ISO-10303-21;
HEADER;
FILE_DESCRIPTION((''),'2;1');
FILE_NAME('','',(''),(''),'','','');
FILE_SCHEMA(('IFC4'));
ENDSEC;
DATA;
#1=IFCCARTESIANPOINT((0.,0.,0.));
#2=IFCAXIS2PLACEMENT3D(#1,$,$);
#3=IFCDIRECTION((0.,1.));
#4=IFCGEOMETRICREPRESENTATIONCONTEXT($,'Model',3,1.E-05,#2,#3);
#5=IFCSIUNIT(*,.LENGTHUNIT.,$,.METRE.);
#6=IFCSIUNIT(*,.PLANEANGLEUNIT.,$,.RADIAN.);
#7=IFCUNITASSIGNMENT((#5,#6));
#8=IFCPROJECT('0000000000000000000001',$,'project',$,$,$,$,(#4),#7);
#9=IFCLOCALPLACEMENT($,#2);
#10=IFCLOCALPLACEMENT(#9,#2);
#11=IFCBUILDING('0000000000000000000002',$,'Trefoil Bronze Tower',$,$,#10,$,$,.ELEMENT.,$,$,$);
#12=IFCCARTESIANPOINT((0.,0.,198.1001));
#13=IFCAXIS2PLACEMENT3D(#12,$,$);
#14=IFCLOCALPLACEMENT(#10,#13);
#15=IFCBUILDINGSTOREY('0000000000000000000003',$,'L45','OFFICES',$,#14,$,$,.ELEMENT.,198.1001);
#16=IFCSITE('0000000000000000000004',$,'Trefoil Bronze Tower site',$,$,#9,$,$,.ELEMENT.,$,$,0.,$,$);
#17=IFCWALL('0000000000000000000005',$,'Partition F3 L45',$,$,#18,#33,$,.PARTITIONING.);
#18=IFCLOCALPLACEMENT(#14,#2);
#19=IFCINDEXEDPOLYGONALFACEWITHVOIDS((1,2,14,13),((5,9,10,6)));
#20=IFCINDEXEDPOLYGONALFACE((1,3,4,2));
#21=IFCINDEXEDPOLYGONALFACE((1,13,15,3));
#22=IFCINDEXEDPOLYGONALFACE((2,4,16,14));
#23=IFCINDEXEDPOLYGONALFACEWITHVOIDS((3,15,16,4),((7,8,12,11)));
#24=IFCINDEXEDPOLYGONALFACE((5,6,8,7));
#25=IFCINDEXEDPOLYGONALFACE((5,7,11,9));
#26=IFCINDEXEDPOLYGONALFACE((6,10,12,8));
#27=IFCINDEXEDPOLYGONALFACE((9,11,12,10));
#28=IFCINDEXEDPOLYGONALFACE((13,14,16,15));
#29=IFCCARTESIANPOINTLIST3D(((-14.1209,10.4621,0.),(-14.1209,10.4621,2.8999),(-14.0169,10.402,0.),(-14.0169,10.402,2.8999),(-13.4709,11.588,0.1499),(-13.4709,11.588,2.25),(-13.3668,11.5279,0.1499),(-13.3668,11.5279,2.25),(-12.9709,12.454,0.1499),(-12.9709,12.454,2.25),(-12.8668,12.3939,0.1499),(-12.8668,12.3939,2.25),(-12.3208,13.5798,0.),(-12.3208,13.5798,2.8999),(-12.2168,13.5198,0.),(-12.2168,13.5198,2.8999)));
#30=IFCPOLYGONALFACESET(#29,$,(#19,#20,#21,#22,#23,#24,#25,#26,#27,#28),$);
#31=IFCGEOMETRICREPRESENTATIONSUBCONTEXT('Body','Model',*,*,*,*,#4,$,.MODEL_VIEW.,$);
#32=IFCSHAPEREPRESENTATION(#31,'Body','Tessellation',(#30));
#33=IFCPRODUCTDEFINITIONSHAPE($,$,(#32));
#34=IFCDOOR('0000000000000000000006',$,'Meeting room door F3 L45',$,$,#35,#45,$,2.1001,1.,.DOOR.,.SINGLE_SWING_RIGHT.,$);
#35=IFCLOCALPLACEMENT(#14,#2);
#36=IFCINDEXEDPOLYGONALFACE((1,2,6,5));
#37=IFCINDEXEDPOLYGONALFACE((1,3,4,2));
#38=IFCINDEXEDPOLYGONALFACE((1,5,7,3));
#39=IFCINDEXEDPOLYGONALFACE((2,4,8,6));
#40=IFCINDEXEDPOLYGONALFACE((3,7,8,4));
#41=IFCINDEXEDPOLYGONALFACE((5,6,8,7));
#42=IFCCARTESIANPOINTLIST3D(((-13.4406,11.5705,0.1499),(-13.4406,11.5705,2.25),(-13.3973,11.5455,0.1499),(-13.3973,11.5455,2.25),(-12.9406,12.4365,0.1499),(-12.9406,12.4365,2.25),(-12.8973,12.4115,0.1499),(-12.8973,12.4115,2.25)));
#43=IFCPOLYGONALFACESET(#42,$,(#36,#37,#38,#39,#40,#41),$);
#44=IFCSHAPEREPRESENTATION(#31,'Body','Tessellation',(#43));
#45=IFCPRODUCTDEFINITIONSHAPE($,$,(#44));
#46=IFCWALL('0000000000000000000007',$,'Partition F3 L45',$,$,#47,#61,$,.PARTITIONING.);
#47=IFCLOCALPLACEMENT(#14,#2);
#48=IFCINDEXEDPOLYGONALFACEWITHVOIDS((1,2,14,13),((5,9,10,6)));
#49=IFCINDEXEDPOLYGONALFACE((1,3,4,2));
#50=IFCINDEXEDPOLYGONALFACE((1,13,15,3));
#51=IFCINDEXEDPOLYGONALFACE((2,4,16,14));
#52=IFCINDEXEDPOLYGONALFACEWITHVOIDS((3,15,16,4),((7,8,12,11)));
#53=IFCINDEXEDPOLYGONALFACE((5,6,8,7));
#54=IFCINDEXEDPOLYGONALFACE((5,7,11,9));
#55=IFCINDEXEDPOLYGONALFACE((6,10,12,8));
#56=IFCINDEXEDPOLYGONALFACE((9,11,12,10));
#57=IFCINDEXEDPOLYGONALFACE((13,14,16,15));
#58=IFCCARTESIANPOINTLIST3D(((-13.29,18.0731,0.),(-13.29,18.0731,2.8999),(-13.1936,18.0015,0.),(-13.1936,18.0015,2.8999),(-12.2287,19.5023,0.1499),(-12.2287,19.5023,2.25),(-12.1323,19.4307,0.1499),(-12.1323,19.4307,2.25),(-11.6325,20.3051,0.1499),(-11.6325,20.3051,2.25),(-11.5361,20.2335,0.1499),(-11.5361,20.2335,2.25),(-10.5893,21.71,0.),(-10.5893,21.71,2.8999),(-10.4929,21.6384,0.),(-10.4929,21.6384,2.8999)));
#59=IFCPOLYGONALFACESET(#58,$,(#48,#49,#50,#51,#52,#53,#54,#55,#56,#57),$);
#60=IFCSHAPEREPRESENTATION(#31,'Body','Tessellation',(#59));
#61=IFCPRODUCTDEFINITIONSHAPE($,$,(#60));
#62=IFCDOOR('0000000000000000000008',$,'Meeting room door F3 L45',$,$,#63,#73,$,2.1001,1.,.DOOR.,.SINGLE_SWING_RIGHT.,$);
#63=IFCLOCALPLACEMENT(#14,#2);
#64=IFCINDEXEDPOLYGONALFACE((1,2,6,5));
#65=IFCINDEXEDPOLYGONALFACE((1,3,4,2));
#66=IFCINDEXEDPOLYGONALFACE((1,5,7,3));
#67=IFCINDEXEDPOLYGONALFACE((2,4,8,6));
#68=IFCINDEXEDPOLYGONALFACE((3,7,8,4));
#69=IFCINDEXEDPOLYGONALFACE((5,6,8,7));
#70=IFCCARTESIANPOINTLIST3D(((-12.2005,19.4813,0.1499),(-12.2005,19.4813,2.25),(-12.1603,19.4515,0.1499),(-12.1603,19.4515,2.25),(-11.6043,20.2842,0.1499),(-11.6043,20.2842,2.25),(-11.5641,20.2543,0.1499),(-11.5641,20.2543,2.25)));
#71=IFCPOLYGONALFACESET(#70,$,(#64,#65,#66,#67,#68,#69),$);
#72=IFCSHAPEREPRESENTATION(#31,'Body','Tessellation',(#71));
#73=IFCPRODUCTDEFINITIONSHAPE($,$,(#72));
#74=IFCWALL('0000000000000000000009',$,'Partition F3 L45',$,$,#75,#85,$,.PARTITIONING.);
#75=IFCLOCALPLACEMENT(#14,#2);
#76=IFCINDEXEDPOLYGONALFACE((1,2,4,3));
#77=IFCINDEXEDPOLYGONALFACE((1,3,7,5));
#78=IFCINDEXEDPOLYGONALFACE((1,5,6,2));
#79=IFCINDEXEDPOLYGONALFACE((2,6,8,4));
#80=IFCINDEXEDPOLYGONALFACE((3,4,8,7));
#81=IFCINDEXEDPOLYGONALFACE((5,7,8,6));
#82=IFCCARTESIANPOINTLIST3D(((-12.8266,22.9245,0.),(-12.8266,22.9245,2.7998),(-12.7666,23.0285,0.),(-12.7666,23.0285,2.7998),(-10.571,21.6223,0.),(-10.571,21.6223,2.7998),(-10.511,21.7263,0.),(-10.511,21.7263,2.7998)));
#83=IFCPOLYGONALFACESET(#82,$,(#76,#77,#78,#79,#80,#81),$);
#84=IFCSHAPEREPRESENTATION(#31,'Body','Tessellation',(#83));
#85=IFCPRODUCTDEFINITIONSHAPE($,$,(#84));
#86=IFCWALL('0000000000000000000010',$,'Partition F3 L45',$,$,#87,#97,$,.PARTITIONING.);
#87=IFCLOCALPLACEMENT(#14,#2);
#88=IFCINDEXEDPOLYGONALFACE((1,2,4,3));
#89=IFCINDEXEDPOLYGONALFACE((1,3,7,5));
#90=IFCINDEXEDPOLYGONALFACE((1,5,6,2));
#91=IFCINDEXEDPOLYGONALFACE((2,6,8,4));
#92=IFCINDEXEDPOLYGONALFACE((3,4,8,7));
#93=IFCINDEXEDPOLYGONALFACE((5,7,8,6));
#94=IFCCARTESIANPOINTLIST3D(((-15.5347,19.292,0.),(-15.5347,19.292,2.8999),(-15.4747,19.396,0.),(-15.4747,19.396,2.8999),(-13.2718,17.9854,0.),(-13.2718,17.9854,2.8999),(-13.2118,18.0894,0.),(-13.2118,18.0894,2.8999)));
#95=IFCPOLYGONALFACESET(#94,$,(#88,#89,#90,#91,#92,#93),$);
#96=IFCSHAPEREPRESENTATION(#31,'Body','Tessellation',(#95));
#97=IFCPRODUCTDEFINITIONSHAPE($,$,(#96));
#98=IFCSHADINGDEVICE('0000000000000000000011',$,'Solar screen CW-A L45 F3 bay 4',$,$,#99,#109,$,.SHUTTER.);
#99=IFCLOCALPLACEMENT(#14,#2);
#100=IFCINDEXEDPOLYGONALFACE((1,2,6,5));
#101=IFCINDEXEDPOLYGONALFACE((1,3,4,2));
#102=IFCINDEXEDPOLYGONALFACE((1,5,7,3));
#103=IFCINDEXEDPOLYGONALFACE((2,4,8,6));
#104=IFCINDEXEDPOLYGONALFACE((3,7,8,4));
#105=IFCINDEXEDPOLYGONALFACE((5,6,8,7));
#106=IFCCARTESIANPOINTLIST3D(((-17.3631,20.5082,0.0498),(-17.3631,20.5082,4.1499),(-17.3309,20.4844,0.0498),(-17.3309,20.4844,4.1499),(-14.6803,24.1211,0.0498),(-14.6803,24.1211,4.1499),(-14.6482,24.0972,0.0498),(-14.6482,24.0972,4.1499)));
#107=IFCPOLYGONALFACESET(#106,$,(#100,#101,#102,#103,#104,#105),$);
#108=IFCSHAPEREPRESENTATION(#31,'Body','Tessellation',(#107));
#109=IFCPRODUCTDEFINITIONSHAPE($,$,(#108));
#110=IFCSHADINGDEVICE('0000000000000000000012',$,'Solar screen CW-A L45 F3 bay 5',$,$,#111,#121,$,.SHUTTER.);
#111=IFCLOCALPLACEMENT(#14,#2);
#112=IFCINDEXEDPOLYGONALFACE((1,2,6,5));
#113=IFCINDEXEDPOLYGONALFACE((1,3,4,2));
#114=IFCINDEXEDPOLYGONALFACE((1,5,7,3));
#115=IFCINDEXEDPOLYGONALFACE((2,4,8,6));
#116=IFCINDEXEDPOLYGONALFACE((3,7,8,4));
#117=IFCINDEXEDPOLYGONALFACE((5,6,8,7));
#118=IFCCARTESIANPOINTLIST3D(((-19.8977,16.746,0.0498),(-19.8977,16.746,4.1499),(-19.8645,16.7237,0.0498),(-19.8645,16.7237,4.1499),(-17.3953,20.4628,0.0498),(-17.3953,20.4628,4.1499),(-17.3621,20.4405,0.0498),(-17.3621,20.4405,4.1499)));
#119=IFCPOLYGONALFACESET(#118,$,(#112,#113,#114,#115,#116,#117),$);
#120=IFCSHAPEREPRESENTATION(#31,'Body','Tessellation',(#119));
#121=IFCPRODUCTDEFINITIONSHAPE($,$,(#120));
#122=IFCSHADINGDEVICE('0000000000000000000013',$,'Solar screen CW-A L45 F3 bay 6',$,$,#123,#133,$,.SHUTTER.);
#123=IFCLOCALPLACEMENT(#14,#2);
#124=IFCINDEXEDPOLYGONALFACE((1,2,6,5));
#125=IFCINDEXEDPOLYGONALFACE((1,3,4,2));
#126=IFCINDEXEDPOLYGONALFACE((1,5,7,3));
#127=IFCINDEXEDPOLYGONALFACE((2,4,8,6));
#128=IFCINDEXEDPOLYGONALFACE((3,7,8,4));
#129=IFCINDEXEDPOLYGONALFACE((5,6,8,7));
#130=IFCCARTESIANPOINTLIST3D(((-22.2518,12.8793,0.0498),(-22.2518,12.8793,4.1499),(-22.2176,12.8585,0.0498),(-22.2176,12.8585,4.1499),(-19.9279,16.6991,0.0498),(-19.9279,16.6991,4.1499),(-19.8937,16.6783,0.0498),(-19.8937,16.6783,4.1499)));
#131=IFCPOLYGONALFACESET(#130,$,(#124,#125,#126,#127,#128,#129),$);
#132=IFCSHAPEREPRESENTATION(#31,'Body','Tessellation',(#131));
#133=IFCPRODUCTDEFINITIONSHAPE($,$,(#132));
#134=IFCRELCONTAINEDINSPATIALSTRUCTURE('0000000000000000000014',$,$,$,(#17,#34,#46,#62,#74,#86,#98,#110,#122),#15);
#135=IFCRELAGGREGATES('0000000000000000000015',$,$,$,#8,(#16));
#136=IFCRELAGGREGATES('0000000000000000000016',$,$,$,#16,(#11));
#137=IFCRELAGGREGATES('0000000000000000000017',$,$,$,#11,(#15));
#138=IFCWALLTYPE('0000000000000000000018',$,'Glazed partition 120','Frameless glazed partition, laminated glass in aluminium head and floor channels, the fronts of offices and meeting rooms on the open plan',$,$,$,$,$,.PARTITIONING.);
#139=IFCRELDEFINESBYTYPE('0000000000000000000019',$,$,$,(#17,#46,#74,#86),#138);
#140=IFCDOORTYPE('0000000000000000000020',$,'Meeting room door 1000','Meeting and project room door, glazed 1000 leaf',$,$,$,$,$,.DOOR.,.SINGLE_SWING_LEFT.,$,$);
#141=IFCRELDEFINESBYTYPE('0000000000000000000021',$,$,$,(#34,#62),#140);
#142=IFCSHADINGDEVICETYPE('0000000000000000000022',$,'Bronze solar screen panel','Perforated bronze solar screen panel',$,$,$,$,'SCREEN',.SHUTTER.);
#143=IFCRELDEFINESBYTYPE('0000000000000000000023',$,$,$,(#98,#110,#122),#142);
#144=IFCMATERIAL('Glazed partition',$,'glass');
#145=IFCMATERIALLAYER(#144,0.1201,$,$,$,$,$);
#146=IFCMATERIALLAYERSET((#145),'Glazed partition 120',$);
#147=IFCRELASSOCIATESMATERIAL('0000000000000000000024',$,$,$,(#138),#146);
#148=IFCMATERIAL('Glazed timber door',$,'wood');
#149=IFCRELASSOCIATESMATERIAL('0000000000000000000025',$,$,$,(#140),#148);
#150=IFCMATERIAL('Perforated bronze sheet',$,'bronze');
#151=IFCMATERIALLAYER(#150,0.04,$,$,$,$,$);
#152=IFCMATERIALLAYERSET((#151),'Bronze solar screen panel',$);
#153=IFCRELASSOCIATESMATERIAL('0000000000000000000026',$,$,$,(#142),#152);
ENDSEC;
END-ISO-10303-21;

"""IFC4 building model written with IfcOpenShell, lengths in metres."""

from ifc_helpers import new_model, si_unit, direction, frame, frame_2d, origin, origin_2d, place, context, subcontext, project, spatial, rectangle, extrude, material, layer, layer_set, type_object, element, fill, save


model = new_model("IFC4")

# Units and contexts
model_context = context("Model", 3, precision=1e-05, world=origin(), true_north=direction((0.0, 1.0)))
body_context = subcontext(model_context, "Body", "Model", "MODEL_VIEW")
ifc_project = project(units=[si_unit("LENGTHUNIT", "METRE"), si_unit("PLANEANGLEUNIT", "RADIAN")], contexts=[model_context])

# Site, building, storey
site_placement = place(None, origin())
site = spatial("IfcSite", under=ifc_project, at=site_placement, Name="Trefoil Bronze Tower site", CompositionType="ELEMENT", RefElevation=0.0)
building_placement = place(site_placement, origin())
building = spatial("IfcBuilding", under=site, at=building_placement, Name="Trefoil Bronze Tower", CompositionType="ELEMENT")
storey_placement = place(building_placement, frame((0.0, 0.0, 198.1001)))
storey = spatial("IfcBuildingStorey", under=building, at=storey_placement, Name="L45", Description="OFFICES", CompositionType="ELEMENT", Elevation=198.1001)

# Walls, openings, doors
ifc_material_1 = material(Name="Glazed partition", Category="glass")
ifc_layer_1 = layer(ifc_material_1, 0.1201)
ifc_layer_set_1 = layer_set([ifc_layer_1], Name="Glazed partition 120")
wall_type_1 = type_object("IfcWallType", Name="Glazed partition 120", Description="Frameless glazed partition, laminated glass in aluminium head and floor channels, the fronts of offices and meeting rooms on the open plan", PredefinedType="PARTITIONING", material=ifc_layer_set_1)
wall_1_placement = place(storey_placement, frame((-12.2688, 13.5498, 0.0), z_axis=(0.0, 0.0, 1.0), x_axis=(-0.500012, -0.866018, 0.0)))
wall_1 = element("IfcWall", 1, at=wall_1_placement, inside=storey, type_object=wall_type_1, Name="Partition F3 L45", PredefinedType="PARTITIONING", context=body_context, shape_type="SweptSolid", body=[
    extrude(rectangle(XDim=3.6001, YDim=0.1201, at=frame_2d((1.8, 0.0))), origin(), (0.0, 0.0, 1.0), 2.8999),
])
opening_1_placement = place(wall_1_placement, frame((1.3, 0.0, 0.1499)))
opening_1 = element("IfcOpeningElement", 2, at=opening_1_placement, cuts=wall_1, PredefinedType="OPENING", context=body_context, shape_type="SweptSolid", body=[
    extrude(rectangle(XDim=1.0, YDim=2.1001, at=frame_2d((0.5, 1.05))), frame((0.0, 0.0701, 0.0), z_axis=(0.0, -1.0, 0.0), x_axis=(1.0, 0.0, 0.0)), (0.0, 0.0, 1.0), 0.1401),
])
ifc_material_2 = material(Name="Glazed timber door", Category="wood")
door_type_1 = type_object("IfcDoorType", Name="Meeting room door 1000", Description="Meeting and project room door, glazed 1000 leaf", OperationType="SINGLE_SWING_LEFT", PredefinedType="DOOR", material=ifc_material_2)
door_1_placement = place(opening_1_placement, origin())
door_1 = element("IfcDoor", 3, at=door_1_placement, inside=storey, type_object=door_type_1, Name="Meeting room door F3 L45", OperationType="SINGLE_SWING_RIGHT", OverallHeight=2.1001, OverallWidth=1.0, PredefinedType="DOOR", context=body_context, shape_type="SweptSolid", body=[
    extrude(rectangle(XDim=1.0, YDim=2.1001, at=frame_2d((0.5, 1.05))), frame((0.0, 0.0249, 0.0), z_axis=(0.0, -1.0, 0.0), x_axis=(1.0, 0.0, 0.0)), (0.0, 0.0, 1.0), 0.05),
])
fill(opening_1, door_1)
wall_2_placement = place(storey_placement, frame((-10.541, 21.6743, 0.0), z_axis=(0.0, 0.0, 1.0), x_axis=(-0.596173, -0.802856, 0.0)))
wall_2 = element("IfcWall", 4, at=wall_2_placement, inside=storey, type_object=wall_type_1, Name="Partition F3 L45", PredefinedType="PARTITIONING", context=body_context, shape_type="SweptSolid", body=[
    extrude(rectangle(XDim=4.53, YDim=0.1201, at=frame_2d((2.2651, 0.0))), origin(), (0.0, 0.0, 1.0), 2.8999),
])
opening_2_placement = place(wall_2_placement, frame((1.75, 0.0, 0.1499)))
opening_2 = element("IfcOpeningElement", 5, at=opening_2_placement, cuts=wall_2, PredefinedType="OPENING", context=body_context, shape_type="SweptSolid", body=[
    extrude(rectangle(XDim=1.0, YDim=2.1001, at=frame_2d((0.5, 1.05))), frame((0.0, 0.0701, 0.0), z_axis=(0.0, -1.0, 0.0), x_axis=(1.0, 0.0, 0.0)), (0.0, 0.0, 1.0), 0.1401),
])
door_2_placement = place(opening_2_placement, frame((1.0, 0.0, 0.0), z_axis=(0.0, 0.0, 1.0), x_axis=(-1.0, 0.0, 0.0)))
door_2 = element("IfcDoor", 6, at=door_2_placement, inside=storey, type_object=door_type_1, Name="Meeting room door F3 L45", OperationType="SINGLE_SWING_RIGHT", OverallHeight=2.1001, OverallWidth=1.0, PredefinedType="DOOR", context=body_context, shape_type="SweptSolid", body=[
    extrude(rectangle(XDim=1.0, YDim=2.1001, at=frame_2d((0.5, 1.05))), frame((0.0, 0.0249, 0.0), z_axis=(0.0, -1.0, 0.0), x_axis=(1.0, 0.0, 0.0)), (0.0, 0.0, 1.0), 0.05),
])
fill(opening_2, door_2)

# Walls
wall_3_placement = place(storey_placement, frame((-10.541, 21.6743, 0.0), z_axis=(0.0, 0.0, 1.0), x_axis=(-0.866031, 0.49999, 0.0)))
element("IfcWall", 7, at=wall_3_placement, inside=storey, type_object=wall_type_1, Name="Partition F3 L45", PredefinedType="PARTITIONING", context=body_context, shape_type="SweptSolid", body=[
    extrude(rectangle(XDim=2.6045, YDim=0.1201, at=frame_2d((1.3022, 0.0))), origin(), (0.0, 0.0, 1.0), 2.7998),
])
wall_4_placement = place(storey_placement, frame((-13.2417, 18.0374, 0.0), z_axis=(0.0, 0.0, 1.0), x_axis=(-0.866004, 0.500038, 0.0)))
element("IfcWall", 8, at=wall_4_placement, inside=storey, type_object=wall_type_1, Name="Partition F3 L45", PredefinedType="PARTITIONING", context=body_context, shape_type="SweptSolid", body=[
    extrude(rectangle(XDim=2.613, YDim=0.1201, at=frame_2d((1.3066, 0.0))), origin(), (0.0, 0.0, 1.0), 2.8999),
])

# Shading devices
ifc_material_3 = material(Name="Perforated bronze sheet", Category="bronze")
ifc_layer_2 = layer(ifc_material_3, 0.04)
ifc_layer_set_2 = layer_set([ifc_layer_2], Name="Bronze solar screen panel")
shading_device_type = type_object("IfcShadingDeviceType", Name="Bronze solar screen panel", Description="Perforated bronze solar screen panel", ElementType="SCREEN", PredefinedType="SHUTTER", material=ifc_layer_set_2)
shading_device_1_placement = place(storey_placement, frame((-16.0056, 22.3027, 0.0498), z_axis=(0.0, 0.0, 1.0), x_axis=(-0.596162, -0.802865, 0.0)))
element("IfcShadingDevice", 9, at=shading_device_1_placement, inside=storey, type_object=shading_device_type, Name="Solar screen CW-A L45 F3 bay 4", PredefinedType="SHUTTER", context=body_context, shape_type="SweptSolid", body=[
    extrude(rectangle(XDim=4.5, YDim=0.04, at=origin_2d()), origin(), (0.0, 0.0, 1.0), 4.1001),
])
shading_device_2_placement = place(storey_placement, frame((-18.6299, 18.5933, 0.0498), z_axis=(0.0, 0.0, 1.0), x_axis=(-0.558493, -0.829509, 0.0)))
element("IfcShadingDevice", 10, at=shading_device_2_placement, inside=storey, type_object=shading_device_type, Name="Solar screen CW-A L45 F3 bay 5", PredefinedType="SHUTTER", context=body_context, shape_type="SweptSolid", body=[
    extrude(rectangle(XDim=4.4807, YDim=0.04, at=origin_2d()), origin(), (0.0, 0.0, 1.0), 4.1001),
])
shading_device_3_placement = place(storey_placement, frame((-21.0728, 14.7788, 0.0498), z_axis=(0.0, 0.0, 1.0), x_axis=(-0.519762, -0.854311, 0.0)))
element("IfcShadingDevice", 11, at=shading_device_3_placement, inside=storey, type_object=shading_device_type, Name="Solar screen CW-A L45 F3 bay 6", PredefinedType="SHUTTER", context=body_context, shape_type="SweptSolid", body=[
    extrude(rectangle(XDim=4.4712, YDim=0.04, at=origin_2d()), origin(), (0.0, 0.0, 1.0), 4.1001),
])

save(model, "model.ifc")
